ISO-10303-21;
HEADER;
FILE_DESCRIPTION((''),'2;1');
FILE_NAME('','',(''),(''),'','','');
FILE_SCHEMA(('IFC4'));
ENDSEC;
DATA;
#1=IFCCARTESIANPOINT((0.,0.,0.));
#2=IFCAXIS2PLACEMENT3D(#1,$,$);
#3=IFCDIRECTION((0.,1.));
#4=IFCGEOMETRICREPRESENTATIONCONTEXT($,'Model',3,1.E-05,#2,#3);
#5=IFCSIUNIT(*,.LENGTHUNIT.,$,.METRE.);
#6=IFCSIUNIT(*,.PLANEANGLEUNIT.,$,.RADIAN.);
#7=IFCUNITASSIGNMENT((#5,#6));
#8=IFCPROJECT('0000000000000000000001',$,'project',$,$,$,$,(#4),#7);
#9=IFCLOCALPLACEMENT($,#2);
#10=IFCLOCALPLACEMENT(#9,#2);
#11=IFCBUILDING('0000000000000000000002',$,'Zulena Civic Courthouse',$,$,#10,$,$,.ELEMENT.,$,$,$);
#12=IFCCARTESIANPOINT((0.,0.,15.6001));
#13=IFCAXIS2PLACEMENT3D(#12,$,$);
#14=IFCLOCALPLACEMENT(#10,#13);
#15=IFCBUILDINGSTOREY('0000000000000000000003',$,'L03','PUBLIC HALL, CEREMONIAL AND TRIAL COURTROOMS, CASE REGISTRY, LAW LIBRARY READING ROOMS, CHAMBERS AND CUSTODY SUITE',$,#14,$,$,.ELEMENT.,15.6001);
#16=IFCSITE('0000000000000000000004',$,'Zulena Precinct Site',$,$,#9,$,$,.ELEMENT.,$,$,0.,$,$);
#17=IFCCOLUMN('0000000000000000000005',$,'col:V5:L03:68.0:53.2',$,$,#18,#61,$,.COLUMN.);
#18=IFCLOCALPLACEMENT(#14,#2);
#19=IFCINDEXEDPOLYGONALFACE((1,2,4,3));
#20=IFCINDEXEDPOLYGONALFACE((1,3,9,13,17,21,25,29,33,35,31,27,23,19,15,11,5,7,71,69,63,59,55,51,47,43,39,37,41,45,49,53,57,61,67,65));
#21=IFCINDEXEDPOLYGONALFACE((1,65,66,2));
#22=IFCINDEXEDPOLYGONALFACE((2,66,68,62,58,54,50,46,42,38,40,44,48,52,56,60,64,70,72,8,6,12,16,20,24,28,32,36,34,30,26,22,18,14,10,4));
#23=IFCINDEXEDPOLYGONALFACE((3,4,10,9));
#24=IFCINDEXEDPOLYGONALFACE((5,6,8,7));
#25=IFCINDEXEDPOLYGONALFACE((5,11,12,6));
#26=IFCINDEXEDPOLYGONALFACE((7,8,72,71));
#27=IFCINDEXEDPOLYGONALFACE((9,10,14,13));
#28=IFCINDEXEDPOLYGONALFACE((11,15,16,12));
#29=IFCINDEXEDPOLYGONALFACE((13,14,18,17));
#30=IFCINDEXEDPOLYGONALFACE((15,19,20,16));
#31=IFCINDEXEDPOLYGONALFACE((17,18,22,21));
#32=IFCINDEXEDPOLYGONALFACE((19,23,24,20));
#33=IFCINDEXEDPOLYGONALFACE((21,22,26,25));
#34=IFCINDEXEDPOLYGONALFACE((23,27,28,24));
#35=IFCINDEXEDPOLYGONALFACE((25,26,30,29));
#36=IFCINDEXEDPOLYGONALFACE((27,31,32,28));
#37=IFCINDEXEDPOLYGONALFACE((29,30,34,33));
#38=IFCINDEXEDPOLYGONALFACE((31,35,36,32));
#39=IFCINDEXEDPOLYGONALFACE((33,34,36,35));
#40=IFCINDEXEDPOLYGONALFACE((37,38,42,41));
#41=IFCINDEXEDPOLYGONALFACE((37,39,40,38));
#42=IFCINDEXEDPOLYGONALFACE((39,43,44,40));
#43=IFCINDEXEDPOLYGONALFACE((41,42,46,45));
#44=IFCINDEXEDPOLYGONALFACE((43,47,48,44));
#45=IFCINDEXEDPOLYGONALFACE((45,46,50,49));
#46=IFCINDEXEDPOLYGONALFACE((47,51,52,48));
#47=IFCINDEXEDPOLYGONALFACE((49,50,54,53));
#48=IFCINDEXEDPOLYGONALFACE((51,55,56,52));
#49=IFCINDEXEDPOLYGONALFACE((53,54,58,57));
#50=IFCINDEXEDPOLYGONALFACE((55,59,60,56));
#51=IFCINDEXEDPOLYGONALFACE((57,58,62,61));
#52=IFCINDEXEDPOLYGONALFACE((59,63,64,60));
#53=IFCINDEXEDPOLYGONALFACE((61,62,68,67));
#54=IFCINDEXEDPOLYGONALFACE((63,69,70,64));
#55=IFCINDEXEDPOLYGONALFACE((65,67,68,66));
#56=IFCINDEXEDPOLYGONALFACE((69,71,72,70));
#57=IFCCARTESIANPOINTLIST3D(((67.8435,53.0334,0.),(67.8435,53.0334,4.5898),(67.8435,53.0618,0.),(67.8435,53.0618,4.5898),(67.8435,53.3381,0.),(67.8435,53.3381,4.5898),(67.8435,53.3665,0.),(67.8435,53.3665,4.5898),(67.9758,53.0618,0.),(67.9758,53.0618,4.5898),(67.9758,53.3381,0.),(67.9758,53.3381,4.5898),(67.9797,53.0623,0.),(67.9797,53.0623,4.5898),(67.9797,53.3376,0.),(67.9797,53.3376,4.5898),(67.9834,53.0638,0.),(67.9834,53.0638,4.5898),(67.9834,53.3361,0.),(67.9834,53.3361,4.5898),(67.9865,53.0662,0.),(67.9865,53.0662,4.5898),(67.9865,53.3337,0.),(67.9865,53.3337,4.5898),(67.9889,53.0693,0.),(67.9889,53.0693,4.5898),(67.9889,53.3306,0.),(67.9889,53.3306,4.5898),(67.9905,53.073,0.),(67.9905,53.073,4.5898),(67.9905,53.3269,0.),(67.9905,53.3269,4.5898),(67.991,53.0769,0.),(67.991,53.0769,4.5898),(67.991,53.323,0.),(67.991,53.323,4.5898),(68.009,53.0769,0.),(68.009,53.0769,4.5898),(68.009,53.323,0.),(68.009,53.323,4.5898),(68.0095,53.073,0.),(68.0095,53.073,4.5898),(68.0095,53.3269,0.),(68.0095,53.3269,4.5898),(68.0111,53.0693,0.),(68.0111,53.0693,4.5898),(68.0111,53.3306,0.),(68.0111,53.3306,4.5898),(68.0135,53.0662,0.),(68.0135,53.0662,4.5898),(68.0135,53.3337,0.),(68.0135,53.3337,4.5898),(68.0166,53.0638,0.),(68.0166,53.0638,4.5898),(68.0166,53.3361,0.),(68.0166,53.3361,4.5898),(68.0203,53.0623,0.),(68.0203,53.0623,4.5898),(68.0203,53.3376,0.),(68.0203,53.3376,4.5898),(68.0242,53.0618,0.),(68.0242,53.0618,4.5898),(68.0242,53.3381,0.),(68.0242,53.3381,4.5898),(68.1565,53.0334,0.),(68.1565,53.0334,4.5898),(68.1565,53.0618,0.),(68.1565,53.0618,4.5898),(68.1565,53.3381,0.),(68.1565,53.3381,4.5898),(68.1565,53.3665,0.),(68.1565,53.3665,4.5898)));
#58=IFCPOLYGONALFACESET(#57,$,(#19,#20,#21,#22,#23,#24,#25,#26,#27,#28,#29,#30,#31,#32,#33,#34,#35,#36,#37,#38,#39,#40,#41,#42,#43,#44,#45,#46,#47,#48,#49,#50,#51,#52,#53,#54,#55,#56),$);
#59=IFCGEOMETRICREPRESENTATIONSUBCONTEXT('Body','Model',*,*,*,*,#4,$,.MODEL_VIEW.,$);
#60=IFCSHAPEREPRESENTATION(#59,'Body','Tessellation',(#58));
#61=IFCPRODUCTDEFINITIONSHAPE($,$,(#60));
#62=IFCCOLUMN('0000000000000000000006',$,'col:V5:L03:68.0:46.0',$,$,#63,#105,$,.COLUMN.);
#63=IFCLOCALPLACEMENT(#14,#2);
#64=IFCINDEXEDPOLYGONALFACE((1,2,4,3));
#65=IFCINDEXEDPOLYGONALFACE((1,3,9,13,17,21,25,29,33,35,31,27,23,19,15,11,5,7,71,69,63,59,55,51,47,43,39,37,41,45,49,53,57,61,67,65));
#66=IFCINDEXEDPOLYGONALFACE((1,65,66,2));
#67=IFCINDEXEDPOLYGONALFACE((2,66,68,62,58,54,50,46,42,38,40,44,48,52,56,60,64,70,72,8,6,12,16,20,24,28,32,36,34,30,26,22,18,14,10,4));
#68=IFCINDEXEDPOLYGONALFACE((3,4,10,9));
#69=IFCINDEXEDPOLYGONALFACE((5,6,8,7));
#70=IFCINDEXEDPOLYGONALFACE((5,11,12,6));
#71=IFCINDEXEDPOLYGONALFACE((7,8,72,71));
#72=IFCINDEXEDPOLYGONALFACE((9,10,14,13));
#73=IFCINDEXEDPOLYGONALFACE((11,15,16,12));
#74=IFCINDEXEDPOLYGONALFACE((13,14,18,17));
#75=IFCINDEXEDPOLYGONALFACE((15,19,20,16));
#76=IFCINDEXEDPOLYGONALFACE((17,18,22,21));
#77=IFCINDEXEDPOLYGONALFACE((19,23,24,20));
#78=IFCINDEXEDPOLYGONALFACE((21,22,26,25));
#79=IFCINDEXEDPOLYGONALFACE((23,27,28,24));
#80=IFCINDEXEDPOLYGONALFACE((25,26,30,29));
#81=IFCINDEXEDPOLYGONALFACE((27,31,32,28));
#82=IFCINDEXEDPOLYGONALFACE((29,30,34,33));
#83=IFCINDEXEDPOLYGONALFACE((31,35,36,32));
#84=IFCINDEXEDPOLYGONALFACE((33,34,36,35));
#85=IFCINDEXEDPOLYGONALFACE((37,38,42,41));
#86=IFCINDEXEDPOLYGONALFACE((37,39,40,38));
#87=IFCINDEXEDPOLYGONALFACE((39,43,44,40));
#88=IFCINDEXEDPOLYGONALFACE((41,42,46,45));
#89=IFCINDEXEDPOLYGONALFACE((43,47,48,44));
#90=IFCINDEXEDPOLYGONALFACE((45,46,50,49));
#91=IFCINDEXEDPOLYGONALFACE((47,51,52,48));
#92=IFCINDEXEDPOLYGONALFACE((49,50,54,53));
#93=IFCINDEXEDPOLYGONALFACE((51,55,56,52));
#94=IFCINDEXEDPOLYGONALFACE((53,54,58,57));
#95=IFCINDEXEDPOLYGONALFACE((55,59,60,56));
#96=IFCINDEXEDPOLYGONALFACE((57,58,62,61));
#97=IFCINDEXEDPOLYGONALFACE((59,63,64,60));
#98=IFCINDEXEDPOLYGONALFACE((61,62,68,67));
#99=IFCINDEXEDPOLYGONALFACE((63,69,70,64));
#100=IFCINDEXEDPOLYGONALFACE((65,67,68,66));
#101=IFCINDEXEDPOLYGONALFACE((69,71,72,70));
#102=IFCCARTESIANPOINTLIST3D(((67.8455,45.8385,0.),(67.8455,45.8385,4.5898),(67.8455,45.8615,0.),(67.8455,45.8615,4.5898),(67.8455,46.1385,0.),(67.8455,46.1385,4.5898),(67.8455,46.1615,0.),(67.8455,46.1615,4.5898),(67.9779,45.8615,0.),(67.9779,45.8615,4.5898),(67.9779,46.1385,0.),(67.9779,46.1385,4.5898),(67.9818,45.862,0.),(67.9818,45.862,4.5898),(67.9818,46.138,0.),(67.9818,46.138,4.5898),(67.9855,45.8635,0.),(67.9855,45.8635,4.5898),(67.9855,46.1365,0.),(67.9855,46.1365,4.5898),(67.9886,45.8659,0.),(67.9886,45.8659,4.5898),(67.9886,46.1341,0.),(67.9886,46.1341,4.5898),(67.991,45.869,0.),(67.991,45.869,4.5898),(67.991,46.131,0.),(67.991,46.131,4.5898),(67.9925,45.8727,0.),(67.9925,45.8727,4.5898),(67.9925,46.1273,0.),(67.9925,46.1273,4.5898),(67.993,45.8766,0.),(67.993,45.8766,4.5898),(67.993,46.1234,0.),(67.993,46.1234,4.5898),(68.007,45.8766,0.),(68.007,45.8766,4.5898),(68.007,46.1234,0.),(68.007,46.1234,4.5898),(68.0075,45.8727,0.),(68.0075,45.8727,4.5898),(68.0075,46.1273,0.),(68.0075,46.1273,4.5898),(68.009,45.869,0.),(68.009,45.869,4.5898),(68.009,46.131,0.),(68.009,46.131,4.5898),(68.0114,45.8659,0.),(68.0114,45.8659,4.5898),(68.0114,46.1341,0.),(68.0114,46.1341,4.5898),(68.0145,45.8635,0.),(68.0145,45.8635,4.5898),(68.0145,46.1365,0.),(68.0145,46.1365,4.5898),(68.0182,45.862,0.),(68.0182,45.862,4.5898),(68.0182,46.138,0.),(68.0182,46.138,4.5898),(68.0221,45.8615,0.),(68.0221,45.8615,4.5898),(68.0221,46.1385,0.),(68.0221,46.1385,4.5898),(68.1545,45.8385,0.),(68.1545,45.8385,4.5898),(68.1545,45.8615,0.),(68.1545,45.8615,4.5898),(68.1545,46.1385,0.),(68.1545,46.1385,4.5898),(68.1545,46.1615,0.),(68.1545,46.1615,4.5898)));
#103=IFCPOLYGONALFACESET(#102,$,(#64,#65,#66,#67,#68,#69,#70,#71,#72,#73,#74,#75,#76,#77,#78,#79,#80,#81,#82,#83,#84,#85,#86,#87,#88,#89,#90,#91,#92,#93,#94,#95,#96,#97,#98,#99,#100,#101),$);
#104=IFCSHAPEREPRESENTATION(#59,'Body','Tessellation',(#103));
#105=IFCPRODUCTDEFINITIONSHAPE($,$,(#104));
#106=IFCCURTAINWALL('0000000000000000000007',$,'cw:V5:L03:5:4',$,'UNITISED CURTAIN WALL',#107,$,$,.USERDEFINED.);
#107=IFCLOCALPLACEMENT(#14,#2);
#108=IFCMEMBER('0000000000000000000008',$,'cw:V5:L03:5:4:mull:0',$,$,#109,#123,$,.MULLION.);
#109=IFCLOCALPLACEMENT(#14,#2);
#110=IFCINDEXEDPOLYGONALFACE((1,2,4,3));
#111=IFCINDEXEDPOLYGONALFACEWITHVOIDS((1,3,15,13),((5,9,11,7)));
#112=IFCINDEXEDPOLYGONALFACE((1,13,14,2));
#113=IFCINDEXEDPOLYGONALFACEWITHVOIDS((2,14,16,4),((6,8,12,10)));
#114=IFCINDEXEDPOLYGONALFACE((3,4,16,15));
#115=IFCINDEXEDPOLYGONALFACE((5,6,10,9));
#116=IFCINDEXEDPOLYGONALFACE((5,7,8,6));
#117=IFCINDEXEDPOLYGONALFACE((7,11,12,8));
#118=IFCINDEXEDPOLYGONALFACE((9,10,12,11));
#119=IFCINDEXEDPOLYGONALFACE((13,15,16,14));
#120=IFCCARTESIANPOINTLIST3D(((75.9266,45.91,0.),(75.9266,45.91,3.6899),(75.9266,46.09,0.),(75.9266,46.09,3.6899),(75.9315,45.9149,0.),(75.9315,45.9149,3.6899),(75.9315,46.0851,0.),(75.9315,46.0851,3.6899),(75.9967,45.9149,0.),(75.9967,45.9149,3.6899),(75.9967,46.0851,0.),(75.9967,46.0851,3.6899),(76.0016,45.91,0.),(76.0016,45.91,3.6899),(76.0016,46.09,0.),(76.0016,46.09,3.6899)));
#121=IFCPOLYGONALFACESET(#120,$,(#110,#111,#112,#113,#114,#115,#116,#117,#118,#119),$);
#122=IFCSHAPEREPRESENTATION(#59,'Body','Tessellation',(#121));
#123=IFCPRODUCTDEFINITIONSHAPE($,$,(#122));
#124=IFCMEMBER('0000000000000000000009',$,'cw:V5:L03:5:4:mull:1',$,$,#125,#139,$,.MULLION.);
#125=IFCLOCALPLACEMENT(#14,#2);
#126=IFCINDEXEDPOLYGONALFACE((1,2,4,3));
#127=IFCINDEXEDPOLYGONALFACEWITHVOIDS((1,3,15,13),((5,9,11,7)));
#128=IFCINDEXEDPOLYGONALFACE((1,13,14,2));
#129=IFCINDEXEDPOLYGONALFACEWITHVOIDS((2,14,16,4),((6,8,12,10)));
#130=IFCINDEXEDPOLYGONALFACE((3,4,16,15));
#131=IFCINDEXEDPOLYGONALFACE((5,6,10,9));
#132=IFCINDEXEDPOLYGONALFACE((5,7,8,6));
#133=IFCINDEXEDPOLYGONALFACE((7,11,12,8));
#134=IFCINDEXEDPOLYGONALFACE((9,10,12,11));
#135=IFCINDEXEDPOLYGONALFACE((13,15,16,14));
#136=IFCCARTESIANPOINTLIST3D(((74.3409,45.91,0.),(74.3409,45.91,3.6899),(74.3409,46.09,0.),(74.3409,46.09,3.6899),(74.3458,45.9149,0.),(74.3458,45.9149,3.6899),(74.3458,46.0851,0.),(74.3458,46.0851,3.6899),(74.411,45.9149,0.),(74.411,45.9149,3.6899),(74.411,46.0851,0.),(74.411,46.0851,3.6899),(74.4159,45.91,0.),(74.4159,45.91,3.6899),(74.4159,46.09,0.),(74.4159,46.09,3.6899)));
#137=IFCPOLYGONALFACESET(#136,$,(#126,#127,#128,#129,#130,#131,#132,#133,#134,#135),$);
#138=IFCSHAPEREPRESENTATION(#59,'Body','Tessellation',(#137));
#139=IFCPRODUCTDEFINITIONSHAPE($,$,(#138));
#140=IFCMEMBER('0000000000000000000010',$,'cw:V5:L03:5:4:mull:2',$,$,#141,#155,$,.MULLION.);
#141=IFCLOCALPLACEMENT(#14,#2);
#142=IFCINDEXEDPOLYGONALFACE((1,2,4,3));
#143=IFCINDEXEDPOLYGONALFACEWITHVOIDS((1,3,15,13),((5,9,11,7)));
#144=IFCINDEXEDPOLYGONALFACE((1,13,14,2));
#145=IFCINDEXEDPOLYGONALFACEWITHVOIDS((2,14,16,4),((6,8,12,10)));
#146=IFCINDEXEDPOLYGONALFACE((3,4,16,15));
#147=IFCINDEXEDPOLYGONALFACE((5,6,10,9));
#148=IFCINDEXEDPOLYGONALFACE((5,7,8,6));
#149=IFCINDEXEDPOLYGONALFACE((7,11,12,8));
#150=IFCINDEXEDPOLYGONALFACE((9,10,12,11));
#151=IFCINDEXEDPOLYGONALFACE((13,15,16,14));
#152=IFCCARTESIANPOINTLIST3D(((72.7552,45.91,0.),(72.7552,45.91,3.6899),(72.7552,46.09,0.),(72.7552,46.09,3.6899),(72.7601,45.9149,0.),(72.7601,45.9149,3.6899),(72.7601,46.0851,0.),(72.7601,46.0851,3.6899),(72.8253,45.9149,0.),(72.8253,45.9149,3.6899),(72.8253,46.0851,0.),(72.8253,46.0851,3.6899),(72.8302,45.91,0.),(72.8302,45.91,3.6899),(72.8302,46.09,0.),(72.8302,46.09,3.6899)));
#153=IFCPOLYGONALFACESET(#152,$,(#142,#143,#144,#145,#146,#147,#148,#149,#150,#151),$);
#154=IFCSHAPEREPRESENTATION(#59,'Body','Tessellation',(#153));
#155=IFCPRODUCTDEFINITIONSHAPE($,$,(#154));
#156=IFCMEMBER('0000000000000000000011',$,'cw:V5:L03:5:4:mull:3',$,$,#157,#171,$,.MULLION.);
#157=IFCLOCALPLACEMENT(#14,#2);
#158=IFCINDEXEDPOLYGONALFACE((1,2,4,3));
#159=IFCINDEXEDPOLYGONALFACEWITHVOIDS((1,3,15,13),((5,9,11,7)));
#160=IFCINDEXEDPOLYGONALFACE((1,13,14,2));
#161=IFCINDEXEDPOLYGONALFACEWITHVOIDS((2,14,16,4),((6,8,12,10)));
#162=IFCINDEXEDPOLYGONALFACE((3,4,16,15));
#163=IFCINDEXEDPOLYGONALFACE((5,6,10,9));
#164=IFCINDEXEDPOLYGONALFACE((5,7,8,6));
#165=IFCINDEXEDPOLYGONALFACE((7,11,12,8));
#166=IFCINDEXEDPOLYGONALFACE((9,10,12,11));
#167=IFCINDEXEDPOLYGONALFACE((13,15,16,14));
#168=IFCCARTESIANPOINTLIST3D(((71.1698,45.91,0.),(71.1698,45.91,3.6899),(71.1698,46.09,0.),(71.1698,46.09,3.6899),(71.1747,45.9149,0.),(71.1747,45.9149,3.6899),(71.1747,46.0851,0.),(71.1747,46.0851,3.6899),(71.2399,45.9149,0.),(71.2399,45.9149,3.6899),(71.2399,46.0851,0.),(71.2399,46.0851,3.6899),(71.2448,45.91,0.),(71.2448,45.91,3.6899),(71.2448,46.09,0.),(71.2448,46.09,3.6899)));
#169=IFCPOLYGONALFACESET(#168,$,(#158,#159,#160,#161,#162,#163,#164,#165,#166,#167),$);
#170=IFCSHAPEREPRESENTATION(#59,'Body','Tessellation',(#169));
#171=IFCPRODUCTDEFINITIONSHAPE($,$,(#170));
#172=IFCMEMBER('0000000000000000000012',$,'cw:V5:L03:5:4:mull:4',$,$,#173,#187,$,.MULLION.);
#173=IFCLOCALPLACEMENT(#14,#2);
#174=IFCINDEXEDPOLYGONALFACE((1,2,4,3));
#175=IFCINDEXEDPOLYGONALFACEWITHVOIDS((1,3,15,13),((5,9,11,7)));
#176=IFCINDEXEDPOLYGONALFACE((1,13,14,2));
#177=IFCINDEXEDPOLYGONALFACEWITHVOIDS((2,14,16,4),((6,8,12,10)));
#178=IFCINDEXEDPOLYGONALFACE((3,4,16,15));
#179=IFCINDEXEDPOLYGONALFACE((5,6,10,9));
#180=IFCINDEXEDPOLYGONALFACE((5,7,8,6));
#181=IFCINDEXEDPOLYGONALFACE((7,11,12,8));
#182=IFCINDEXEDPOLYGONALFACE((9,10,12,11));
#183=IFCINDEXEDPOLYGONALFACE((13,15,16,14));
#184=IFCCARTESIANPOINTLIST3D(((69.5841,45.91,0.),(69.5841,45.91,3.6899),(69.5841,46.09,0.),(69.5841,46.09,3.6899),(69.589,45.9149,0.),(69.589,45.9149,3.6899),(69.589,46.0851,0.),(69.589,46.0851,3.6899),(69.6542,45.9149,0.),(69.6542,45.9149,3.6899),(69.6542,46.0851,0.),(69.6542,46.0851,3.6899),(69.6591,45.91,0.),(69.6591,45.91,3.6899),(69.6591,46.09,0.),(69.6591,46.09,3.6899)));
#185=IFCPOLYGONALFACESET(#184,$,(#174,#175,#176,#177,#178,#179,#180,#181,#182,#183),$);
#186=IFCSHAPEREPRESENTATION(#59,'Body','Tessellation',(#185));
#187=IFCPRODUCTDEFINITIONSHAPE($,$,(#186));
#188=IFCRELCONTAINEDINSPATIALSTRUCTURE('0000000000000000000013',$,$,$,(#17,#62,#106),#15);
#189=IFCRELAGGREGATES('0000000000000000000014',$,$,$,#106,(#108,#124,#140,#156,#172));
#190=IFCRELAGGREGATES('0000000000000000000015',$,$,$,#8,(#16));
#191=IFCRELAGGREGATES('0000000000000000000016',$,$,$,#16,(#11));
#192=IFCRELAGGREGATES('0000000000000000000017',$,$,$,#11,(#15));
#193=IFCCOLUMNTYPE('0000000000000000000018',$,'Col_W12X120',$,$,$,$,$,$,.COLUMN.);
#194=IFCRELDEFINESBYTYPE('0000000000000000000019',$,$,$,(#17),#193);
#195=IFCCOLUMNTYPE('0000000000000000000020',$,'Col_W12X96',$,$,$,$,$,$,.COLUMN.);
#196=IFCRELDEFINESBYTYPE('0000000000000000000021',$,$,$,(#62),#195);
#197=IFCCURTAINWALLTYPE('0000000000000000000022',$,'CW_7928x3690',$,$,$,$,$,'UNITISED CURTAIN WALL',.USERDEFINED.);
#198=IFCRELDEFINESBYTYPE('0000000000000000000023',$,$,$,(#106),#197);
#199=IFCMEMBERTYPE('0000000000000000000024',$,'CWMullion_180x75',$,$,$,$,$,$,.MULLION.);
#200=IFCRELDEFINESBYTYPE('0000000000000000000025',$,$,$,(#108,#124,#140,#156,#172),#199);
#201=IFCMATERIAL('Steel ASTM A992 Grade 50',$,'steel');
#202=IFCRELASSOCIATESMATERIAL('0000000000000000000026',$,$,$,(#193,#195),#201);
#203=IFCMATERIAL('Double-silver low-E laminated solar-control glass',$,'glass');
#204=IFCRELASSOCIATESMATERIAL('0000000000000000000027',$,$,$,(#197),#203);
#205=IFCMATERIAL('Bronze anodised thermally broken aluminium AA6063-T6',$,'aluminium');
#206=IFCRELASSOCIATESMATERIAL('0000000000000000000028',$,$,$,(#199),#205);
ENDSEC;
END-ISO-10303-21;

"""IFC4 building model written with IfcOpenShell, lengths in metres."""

from ifc_helpers import new_model, si_unit, direction, frame, origin, origin_2d, place, context, subcontext, project, spatial, hollow_rectangle, i_section, extrude, material, material_profile, profile_set, type_object, element, aggregate, save


model = new_model("IFC4")

# Units and contexts
model_context = context("Model", 3, precision=1e-05, world=origin(), true_north=direction((0.0, 1.0)))
body_context = subcontext(model_context, "Body", "Model", "MODEL_VIEW")
ifc_project = project(units=[si_unit("LENGTHUNIT", "METRE"), si_unit("PLANEANGLEUNIT", "RADIAN")], contexts=[model_context])

# Site, building, storey
site_placement = place(None, origin())
site = spatial("IfcSite", under=ifc_project, at=site_placement, Name="Zulena Precinct Site", CompositionType="ELEMENT", RefElevation=0.0)
building_placement = place(site_placement, origin())
building = spatial("IfcBuilding", under=site, at=building_placement, Name="Zulena Civic Courthouse", CompositionType="ELEMENT")
storey_placement = place(building_placement, frame((0.0, 0.0, 15.6001)))
storey = spatial("IfcBuildingStorey", under=building, at=storey_placement, Name="L03", Description="PUBLIC HALL, CEREMONIAL AND TRIAL COURTROOMS, CASE REGISTRY, LAW LIBRARY READING ROOMS, CHAMBERS AND CUSTODY SUITE", CompositionType="ELEMENT", Elevation=15.6001)

# Columns
ifc_material_1 = material(Name="Steel ASTM A992 Grade 50", Category="steel")
ifc_material_profile_1 = material_profile(ifc_material_1, i_section(OverallWidth=0.313, OverallDepth=0.333, WebThickness=0.0181, FlangeThickness=0.0283, FilletRadius=0.0151, at=origin_2d()), Name="W12X120")
ifc_profile_set_1 = profile_set([ifc_material_profile_1], Name="Steel ASTM A992 Grade 50")
column_type_1 = type_object("IfcColumnType", Name="Col_W12X120", PredefinedType="COLUMN", material=ifc_profile_set_1)
column_1_placement = place(storey_placement, frame((68.0, 53.2, 0.0), z_axis=(0.0, 0.0, 1.0), x_axis=(1.0, 0.0, 0.0)))
element("IfcColumn", 1, at=column_1_placement, inside=storey, type_object=column_type_1, Name="col:V5:L03:68.0:53.2", PredefinedType="COLUMN", context=body_context, shape_type="SweptSolid", body=[
    extrude(i_section(OverallWidth=0.313, OverallDepth=0.333, WebThickness=0.0181, FlangeThickness=0.0283, FilletRadius=0.0151, at=origin_2d()), origin(), (0.0, 0.0, 1.0), 4.5898),
])
ifc_material_profile_2 = material_profile(ifc_material_1, i_section(OverallWidth=0.3091, OverallDepth=0.323, WebThickness=0.0139, FlangeThickness=0.0229, FilletRadius=0.0151, at=origin_2d()), Name="W12X96")
ifc_profile_set_2 = profile_set([ifc_material_profile_2], Name="Steel ASTM A992 Grade 50")
column_type_2 = type_object("IfcColumnType", Name="Col_W12X96", PredefinedType="COLUMN", material=ifc_profile_set_2)
column_2_placement = place(storey_placement, frame((68.0, 46.0, 0.0), z_axis=(0.0, 0.0, 1.0), x_axis=(1.0, 0.0, 0.0)))
element("IfcColumn", 2, at=column_2_placement, inside=storey, type_object=column_type_2, Name="col:V5:L03:68.0:46.0", PredefinedType="COLUMN", context=body_context, shape_type="SweptSolid", body=[
    extrude(i_section(OverallWidth=0.3091, OverallDepth=0.323, WebThickness=0.0139, FlangeThickness=0.0229, FilletRadius=0.0151, at=origin_2d()), origin(), (0.0, 0.0, 1.0), 4.5898),
])

# Curtain wall, members
ifc_material_2 = material(Name="Double-silver low-E laminated solar-control glass", Category="glass")
curtain_wall_type = type_object("IfcCurtainWallType", Name="CW_7928x3690", ElementType="UNITISED CURTAIN WALL", PredefinedType="USERDEFINED", material=ifc_material_2)
curtain_wall_1_placement = place(storey_placement, origin())
curtain_wall_1 = element("IfcCurtainWall", 3, at=curtain_wall_1_placement, inside=storey, type_object=curtain_wall_type, Name="cw:V5:L03:5:4", ObjectType="UNITISED CURTAIN WALL", PredefinedType="USERDEFINED")
ifc_material_3 = material(Name="Bronze anodised thermally broken aluminium AA6063-T6", Category="aluminium")
ifc_material_profile_3 = material_profile(ifc_material_3, hollow_rectangle(XDim=0.075, YDim=0.1799, WallThickness=0.0049, at=origin_2d()), Name="CWM180X75X5")
ifc_profile_set_3 = profile_set([ifc_material_profile_3], Name="Bronze anodised thermally broken aluminium AA6063-T6")
member_type_1 = type_object("IfcMemberType", Name="CWMullion_180x75", PredefinedType="MULLION", material=ifc_profile_set_3)
member_1_placement = place(storey_placement, frame((75.9641, 46.0, 0.0), z_axis=(0.0, 0.0, 1.0), x_axis=(1.0, 0.0, 0.0)))
member_1 = element("IfcMember", 4, at=member_1_placement, type_object=member_type_1, Name="cw:V5:L03:5:4:mull:0", PredefinedType="MULLION", context=body_context, shape_type="SweptSolid", body=[
    extrude(hollow_rectangle(XDim=0.075, YDim=0.1799, WallThickness=0.0049, at=origin_2d()), origin(), (0.0, 0.0, 1.0), 3.6899),
])
member_2_placement = place(storey_placement, frame((74.3784, 46.0, 0.0), z_axis=(0.0, 0.0, 1.0), x_axis=(1.0, 0.0, 0.0)))
member_2 = element("IfcMember", 5, at=member_2_placement, type_object=member_type_1, Name="cw:V5:L03:5:4:mull:1", PredefinedType="MULLION", context=body_context, shape_type="SweptSolid", body=[
    extrude(hollow_rectangle(XDim=0.075, YDim=0.1799, WallThickness=0.0049, at=origin_2d()), origin(), (0.0, 0.0, 1.0), 3.6899),
])
member_3_placement = place(storey_placement, frame((72.7927, 46.0, 0.0), z_axis=(0.0, 0.0, 1.0), x_axis=(1.0, 0.0, 0.0)))
member_3 = element("IfcMember", 6, at=member_3_placement, type_object=member_type_1, Name="cw:V5:L03:5:4:mull:2", PredefinedType="MULLION", context=body_context, shape_type="SweptSolid", body=[
    extrude(hollow_rectangle(XDim=0.075, YDim=0.1799, WallThickness=0.0049, at=origin_2d()), origin(), (0.0, 0.0, 1.0), 3.6899),
])
member_4_placement = place(storey_placement, frame((71.2073, 46.0, 0.0), z_axis=(0.0, 0.0, 1.0), x_axis=(1.0, 0.0, 0.0)))
member_4 = element("IfcMember", 7, at=member_4_placement, type_object=member_type_1, Name="cw:V5:L03:5:4:mull:3", PredefinedType="MULLION", context=body_context, shape_type="SweptSolid", body=[
    extrude(hollow_rectangle(XDim=0.075, YDim=0.1799, WallThickness=0.0049, at=origin_2d()), origin(), (0.0, 0.0, 1.0), 3.6899),
])
member_5_placement = place(storey_placement, frame((69.6216, 46.0, 0.0), z_axis=(0.0, 0.0, 1.0), x_axis=(1.0, 0.0, 0.0)))
member_5 = element("IfcMember", 8, at=member_5_placement, type_object=member_type_1, Name="cw:V5:L03:5:4:mull:4", PredefinedType="MULLION", context=body_context, shape_type="SweptSolid", body=[
    extrude(hollow_rectangle(XDim=0.075, YDim=0.1799, WallThickness=0.0049, at=origin_2d()), origin(), (0.0, 0.0, 1.0), 3.6899),
])

aggregate(curtain_wall_1, [member_1, member_2, member_3, member_4, member_5])

save(model, "model.ifc")
